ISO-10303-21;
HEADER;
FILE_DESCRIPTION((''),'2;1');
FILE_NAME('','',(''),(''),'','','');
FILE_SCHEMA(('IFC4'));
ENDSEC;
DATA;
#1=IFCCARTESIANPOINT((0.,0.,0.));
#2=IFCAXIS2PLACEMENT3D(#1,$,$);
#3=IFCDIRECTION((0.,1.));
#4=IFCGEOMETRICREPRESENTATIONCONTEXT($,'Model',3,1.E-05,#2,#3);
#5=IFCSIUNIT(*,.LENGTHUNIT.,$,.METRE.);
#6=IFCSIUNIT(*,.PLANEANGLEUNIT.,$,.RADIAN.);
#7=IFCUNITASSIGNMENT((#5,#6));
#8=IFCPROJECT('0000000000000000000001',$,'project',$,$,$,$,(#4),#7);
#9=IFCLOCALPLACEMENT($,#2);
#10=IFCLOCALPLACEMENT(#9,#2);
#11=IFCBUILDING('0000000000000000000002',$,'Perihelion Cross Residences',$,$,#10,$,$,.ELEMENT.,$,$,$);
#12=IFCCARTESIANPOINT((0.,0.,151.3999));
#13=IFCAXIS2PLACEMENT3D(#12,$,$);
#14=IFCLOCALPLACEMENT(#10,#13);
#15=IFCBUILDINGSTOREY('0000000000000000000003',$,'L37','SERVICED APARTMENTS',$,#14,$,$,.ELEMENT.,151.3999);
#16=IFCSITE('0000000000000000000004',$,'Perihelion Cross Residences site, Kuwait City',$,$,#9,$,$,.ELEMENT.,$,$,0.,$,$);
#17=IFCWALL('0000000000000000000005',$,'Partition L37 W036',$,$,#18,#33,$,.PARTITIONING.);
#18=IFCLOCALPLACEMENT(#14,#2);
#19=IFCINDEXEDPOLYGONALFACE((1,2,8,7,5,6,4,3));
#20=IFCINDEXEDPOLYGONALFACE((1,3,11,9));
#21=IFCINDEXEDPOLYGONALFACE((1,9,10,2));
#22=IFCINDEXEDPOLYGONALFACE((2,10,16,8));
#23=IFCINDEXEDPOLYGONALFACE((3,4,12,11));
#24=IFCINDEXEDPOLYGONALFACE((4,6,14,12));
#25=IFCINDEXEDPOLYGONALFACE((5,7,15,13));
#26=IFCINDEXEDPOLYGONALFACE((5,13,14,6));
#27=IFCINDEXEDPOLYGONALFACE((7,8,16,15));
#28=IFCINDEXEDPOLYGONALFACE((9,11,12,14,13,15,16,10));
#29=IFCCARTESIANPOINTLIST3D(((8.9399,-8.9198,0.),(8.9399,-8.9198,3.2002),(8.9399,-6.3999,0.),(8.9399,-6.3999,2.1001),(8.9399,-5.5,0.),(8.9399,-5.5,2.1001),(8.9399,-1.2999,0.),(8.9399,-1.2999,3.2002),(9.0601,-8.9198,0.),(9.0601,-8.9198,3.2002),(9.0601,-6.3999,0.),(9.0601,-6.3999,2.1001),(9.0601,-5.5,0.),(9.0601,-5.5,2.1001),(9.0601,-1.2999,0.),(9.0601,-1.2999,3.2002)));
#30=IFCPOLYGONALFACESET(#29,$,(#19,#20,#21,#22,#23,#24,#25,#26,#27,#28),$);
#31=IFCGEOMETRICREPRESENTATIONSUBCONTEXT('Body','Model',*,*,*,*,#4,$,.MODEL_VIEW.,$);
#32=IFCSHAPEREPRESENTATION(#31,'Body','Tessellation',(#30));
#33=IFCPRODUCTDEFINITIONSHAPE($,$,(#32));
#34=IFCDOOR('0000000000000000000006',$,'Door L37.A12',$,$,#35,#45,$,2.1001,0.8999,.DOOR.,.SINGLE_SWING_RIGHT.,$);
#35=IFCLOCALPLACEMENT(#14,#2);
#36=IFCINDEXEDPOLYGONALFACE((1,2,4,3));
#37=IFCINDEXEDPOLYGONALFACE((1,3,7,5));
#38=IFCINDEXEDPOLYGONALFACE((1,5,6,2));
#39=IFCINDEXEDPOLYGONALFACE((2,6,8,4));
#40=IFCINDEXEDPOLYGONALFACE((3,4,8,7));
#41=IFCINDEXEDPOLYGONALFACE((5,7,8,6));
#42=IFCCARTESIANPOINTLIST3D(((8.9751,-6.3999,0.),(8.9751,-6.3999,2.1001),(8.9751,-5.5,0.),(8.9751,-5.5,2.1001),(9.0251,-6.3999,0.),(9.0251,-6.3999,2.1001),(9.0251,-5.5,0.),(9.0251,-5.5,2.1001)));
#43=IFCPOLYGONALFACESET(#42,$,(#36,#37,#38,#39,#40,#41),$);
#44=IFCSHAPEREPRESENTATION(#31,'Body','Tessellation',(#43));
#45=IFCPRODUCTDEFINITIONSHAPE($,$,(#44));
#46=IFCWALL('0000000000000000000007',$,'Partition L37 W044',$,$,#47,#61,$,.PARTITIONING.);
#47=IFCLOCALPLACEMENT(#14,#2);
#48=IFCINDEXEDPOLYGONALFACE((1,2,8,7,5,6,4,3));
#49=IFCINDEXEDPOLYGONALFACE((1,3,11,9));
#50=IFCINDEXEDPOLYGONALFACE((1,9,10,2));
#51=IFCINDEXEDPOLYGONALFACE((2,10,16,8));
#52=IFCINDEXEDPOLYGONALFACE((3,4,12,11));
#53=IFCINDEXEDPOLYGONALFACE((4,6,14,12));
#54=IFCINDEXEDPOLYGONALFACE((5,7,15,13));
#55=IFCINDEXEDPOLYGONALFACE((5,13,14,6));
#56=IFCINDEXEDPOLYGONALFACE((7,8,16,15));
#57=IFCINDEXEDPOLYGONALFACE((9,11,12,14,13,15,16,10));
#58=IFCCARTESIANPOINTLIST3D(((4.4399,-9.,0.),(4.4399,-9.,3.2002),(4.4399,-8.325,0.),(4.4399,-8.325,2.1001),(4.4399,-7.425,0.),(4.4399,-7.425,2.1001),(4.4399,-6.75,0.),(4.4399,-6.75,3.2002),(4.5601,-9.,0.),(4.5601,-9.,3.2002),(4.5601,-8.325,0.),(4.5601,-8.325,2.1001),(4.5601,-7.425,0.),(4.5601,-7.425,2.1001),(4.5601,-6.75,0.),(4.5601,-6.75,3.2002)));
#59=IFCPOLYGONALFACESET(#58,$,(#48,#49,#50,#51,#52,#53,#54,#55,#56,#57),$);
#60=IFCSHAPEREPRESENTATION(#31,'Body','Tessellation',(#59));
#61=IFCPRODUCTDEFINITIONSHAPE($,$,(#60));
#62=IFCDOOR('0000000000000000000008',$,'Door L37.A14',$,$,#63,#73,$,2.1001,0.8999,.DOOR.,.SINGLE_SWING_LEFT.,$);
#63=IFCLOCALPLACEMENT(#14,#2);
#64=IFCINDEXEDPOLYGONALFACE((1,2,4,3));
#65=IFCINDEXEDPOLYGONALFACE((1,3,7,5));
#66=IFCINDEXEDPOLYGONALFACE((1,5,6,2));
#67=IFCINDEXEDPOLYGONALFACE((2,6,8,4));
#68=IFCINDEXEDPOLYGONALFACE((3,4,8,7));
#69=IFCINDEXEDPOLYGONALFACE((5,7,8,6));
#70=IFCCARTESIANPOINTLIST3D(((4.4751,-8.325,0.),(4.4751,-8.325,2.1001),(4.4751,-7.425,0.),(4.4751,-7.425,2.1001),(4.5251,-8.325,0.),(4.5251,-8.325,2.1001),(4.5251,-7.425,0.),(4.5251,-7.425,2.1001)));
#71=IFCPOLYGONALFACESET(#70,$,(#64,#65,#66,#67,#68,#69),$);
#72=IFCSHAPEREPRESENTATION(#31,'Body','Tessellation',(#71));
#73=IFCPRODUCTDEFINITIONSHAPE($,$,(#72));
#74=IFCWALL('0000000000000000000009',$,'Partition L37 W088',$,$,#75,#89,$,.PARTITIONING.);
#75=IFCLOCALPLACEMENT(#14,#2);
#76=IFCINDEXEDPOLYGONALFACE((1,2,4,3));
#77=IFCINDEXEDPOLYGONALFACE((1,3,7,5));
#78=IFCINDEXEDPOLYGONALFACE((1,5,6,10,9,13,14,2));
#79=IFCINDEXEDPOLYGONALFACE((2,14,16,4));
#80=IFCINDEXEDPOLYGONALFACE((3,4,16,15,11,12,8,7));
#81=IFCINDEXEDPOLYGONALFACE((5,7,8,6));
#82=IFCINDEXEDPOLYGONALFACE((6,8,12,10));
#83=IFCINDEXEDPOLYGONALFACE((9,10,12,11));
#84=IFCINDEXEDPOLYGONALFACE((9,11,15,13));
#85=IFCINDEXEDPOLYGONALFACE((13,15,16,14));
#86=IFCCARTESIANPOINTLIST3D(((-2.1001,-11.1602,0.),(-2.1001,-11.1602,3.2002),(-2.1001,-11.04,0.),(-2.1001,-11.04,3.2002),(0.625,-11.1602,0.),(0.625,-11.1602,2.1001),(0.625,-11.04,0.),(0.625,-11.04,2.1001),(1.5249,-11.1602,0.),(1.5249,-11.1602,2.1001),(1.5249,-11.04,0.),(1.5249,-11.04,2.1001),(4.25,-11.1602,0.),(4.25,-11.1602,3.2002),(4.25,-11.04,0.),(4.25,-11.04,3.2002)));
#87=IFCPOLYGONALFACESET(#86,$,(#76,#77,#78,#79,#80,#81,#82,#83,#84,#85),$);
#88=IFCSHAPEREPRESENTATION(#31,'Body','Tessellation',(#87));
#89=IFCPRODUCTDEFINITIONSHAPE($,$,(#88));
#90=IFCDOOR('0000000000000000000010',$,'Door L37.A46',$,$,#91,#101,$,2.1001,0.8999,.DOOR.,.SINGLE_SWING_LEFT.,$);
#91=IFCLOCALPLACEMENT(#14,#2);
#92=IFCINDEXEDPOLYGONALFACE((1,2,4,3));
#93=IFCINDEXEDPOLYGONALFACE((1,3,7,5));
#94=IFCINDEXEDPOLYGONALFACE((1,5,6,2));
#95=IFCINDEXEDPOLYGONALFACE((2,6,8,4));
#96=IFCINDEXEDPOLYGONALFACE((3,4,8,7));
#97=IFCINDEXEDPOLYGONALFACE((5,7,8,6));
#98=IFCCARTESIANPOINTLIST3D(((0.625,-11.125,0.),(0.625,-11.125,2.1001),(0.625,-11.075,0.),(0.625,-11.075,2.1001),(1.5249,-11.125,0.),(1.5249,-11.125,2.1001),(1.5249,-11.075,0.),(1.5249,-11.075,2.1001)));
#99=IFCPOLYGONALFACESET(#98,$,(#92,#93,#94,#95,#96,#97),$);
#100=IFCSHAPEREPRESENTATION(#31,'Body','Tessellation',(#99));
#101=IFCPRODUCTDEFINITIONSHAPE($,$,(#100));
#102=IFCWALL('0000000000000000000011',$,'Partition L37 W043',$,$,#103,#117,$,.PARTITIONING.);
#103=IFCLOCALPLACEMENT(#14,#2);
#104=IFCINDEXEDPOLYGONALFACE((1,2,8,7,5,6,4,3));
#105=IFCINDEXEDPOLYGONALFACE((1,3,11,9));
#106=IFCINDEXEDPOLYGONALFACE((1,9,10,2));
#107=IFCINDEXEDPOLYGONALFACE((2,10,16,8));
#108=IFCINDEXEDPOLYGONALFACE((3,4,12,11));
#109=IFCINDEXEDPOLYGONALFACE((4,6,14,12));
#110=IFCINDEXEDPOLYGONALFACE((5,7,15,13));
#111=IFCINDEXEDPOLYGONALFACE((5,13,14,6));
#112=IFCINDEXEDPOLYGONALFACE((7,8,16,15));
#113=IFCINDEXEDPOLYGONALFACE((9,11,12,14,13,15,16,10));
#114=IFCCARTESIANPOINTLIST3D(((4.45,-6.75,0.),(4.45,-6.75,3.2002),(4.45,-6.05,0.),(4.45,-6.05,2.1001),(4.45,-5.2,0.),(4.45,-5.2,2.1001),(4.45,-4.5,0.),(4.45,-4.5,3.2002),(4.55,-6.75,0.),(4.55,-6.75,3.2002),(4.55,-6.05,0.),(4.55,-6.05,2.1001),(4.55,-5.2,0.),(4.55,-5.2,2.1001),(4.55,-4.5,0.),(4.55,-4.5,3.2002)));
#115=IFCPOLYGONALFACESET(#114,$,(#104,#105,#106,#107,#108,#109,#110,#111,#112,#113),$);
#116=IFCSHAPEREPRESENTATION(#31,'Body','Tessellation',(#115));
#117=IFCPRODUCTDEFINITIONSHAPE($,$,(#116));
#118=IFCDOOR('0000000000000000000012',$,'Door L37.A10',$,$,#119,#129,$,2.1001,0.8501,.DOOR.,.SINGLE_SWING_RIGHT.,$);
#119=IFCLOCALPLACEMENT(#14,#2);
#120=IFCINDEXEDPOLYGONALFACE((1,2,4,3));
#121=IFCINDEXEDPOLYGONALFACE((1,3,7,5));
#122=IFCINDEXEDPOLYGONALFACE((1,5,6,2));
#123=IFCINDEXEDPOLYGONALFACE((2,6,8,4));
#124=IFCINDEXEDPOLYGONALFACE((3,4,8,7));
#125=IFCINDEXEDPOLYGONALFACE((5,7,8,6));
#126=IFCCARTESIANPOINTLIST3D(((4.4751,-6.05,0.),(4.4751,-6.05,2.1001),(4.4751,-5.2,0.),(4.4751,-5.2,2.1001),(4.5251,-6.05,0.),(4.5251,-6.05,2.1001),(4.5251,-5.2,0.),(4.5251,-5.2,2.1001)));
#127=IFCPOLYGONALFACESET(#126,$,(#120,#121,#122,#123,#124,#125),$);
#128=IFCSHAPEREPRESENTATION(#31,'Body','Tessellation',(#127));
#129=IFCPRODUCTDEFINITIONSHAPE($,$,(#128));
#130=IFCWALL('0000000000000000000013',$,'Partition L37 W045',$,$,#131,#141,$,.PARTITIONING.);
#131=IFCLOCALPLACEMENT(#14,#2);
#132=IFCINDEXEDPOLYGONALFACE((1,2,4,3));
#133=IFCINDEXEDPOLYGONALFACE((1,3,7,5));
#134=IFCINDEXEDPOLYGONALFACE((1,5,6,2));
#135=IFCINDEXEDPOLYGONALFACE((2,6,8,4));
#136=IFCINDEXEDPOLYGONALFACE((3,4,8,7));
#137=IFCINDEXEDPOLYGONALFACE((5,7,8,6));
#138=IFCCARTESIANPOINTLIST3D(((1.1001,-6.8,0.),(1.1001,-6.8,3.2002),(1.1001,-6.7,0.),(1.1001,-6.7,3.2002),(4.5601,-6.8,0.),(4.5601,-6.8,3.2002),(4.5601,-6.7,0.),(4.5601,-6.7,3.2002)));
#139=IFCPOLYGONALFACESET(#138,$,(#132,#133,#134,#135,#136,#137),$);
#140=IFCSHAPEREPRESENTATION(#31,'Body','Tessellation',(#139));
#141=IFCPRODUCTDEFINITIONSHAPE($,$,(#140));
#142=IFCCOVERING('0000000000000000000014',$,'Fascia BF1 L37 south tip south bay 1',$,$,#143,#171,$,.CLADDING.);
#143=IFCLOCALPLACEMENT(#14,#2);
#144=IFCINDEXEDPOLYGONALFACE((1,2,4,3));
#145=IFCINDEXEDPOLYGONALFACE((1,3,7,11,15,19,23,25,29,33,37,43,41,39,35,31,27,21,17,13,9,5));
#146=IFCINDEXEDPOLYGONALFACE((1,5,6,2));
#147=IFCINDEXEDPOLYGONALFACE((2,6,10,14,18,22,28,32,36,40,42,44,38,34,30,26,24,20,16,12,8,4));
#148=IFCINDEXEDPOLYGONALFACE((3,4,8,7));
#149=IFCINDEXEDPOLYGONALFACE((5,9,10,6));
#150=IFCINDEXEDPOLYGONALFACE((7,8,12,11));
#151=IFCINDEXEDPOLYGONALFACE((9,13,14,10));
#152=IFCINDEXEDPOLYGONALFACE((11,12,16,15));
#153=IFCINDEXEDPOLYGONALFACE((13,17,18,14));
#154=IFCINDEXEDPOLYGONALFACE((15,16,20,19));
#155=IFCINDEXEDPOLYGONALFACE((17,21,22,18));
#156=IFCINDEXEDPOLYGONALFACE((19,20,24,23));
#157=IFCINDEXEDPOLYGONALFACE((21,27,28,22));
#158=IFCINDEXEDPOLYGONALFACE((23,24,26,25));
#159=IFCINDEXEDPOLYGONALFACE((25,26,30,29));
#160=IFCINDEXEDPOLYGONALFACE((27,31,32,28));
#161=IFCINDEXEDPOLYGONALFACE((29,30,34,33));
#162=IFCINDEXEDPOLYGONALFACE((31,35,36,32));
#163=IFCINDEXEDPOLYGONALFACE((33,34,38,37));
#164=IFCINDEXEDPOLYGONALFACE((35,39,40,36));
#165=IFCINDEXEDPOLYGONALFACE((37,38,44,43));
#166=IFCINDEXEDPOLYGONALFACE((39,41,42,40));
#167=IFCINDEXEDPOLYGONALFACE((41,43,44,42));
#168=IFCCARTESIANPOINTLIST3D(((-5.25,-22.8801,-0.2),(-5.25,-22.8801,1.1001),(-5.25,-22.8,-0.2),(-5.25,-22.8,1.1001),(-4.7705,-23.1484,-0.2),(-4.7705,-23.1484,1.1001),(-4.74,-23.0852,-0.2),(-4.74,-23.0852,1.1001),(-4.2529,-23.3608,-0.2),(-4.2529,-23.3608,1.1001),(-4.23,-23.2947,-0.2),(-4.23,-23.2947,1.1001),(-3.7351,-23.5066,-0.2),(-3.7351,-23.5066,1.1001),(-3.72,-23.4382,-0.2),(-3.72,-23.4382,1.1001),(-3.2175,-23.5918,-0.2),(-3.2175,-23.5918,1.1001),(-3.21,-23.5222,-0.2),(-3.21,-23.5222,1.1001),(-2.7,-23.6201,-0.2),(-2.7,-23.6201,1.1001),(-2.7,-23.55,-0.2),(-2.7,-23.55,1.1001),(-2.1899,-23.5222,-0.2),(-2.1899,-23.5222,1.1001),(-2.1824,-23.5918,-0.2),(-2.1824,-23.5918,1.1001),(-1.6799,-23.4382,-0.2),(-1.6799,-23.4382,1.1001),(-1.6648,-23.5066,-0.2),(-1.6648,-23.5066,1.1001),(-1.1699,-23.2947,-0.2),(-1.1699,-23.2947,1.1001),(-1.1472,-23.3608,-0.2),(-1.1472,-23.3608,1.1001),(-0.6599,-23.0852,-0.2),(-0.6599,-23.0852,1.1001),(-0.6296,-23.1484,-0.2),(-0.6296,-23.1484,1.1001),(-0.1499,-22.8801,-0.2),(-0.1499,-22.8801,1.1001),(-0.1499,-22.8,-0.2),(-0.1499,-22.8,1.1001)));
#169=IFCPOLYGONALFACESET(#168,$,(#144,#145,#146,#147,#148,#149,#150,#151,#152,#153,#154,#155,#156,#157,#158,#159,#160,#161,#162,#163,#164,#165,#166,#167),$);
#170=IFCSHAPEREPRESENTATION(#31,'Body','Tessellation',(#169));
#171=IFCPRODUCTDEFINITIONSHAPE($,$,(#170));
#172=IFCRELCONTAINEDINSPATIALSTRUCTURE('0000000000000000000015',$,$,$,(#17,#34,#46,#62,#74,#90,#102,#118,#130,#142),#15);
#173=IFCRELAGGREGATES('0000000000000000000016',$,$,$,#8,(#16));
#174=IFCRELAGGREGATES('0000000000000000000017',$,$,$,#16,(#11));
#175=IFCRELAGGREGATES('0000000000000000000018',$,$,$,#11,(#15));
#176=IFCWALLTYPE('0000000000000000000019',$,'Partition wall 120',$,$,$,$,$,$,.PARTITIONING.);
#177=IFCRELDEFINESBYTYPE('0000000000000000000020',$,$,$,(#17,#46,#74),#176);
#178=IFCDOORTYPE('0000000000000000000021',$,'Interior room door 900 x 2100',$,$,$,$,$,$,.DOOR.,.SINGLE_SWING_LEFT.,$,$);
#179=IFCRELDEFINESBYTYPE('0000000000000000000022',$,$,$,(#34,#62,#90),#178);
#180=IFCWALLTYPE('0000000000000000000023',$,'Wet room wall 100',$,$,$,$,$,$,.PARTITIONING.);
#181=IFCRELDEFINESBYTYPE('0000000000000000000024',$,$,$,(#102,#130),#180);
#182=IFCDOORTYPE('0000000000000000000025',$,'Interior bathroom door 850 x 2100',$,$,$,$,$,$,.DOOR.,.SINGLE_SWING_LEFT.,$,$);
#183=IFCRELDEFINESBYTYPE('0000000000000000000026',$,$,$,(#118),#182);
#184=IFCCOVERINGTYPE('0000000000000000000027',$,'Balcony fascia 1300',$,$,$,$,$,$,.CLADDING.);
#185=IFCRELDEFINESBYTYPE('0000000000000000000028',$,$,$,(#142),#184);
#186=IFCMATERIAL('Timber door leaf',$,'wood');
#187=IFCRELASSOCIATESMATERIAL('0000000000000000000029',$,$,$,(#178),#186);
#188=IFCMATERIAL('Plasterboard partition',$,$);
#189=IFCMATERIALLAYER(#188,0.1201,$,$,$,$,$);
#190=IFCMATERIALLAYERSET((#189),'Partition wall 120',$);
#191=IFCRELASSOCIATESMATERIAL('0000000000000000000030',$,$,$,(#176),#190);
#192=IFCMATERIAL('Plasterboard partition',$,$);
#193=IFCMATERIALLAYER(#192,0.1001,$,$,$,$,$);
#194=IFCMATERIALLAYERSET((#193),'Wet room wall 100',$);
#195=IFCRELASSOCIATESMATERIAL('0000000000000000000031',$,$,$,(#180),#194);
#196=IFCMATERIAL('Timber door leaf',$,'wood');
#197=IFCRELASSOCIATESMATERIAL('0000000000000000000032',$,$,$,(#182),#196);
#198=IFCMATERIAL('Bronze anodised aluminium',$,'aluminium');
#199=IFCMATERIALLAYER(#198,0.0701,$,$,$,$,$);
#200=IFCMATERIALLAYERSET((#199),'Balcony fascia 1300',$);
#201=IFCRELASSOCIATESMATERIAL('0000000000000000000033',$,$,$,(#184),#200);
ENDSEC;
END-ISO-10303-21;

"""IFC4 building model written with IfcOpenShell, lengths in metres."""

from ifc_helpers import new_model, si_unit, direction, frame, frame_2d, origin, place, context, subcontext, project, spatial, polyline, rectangle, outline, extrude, material, layer, layer_set, type_object, element, fill, save


model = new_model("IFC4")

# Units and contexts
model_context = context("Model", 3, precision=1e-05, world=origin(), true_north=direction((0.0, 1.0)))
body_context = subcontext(model_context, "Body", "Model", "MODEL_VIEW")
ifc_project = project(units=[si_unit("LENGTHUNIT", "METRE"), si_unit("PLANEANGLEUNIT", "RADIAN")], contexts=[model_context])

# Site, building, storey
site_placement = place(None, origin())
site = spatial("IfcSite", under=ifc_project, at=site_placement, Name="Perihelion Cross Residences site, Kuwait City", CompositionType="ELEMENT", RefElevation=0.0)
building_placement = place(site_placement, origin())
building = spatial("IfcBuilding", under=site, at=building_placement, Name="Perihelion Cross Residences", CompositionType="ELEMENT")
storey_placement = place(building_placement, frame((0.0, 0.0, 151.3999)))
storey = spatial("IfcBuildingStorey", under=building, at=storey_placement, Name="L37", Description="SERVICED APARTMENTS", CompositionType="ELEMENT", Elevation=151.3999)

# Shared definitions
ifc_material_1 = material(Name="Timber door leaf", Category="wood")
door_type_1 = type_object("IfcDoorType", Name="Interior room door 900 x 2100", OperationType="SINGLE_SWING_LEFT", PredefinedType="DOOR", material=ifc_material_1)

# Shared definitions
ifc_material_2 = material(Name="Plasterboard partition")
ifc_layer_1 = layer(ifc_material_2, 0.1201)
ifc_layer_set_1 = layer_set([ifc_layer_1], Name="Partition wall 120")
wall_type_1 = type_object("IfcWallType", Name="Partition wall 120", PredefinedType="PARTITIONING", material=ifc_layer_set_1)

# Walls, openings, doors
wall_1_placement = place(storey_placement, frame((9.0, -8.9199, 0.0), z_axis=(0.0, 0.0, 1.0), x_axis=(0.0, 1.0, 0.0)))
wall_1 = element("IfcWall", 1, at=wall_1_placement, inside=storey, type_object=wall_type_1, Name="Partition L37 W036", PredefinedType="PARTITIONING", context=body_context, shape_type="SweptSolid", body=[
    extrude(rectangle(XDim=7.6199, YDim=0.1201, at=frame_2d((3.8101, 0.0))), origin(), (0.0, 0.0, 1.0), 3.2002),
])
opening_1_placement = place(wall_1_placement, frame((2.52, 0.0, 0.0)))
opening_1 = element("IfcOpeningElement", 2, at=opening_1_placement, cuts=wall_1, PredefinedType="OPENING", context=body_context, shape_type="SweptSolid", body=[
    extrude(rectangle(XDim=0.8999, YDim=2.1001, at=frame_2d((0.45, 1.05))), frame((0.0, 0.0701, 0.0), z_axis=(0.0, -1.0, 0.0), x_axis=(1.0, 0.0, 0.0)), (0.0, 0.0, 1.0), 0.1401),
])
door_1_placement = place(opening_1_placement, origin())
door_1 = element("IfcDoor", 3, at=door_1_placement, inside=storey, type_object=door_type_1, Name="Door L37.A12", OperationType="SINGLE_SWING_RIGHT", OverallHeight=2.1001, OverallWidth=0.8999, PredefinedType="DOOR", context=body_context, shape_type="SweptSolid", body=[
    extrude(rectangle(XDim=0.8999, YDim=2.1001, at=frame_2d((0.45, 1.05))), frame((0.0, 0.0249, 0.0), z_axis=(0.0, -1.0, 0.0), x_axis=(1.0, 0.0, 0.0)), (0.0, 0.0, 1.0), 0.05),
])
fill(opening_1, door_1)
wall_2_placement = place(storey_placement, frame((4.5, -9.0, 0.0), z_axis=(0.0, 0.0, 1.0), x_axis=(0.0, 1.0, 0.0)))
wall_2 = element("IfcWall", 4, at=wall_2_placement, inside=storey, type_object=wall_type_1, Name="Partition L37 W044", PredefinedType="PARTITIONING", context=body_context, shape_type="SweptSolid", body=[
    extrude(rectangle(XDim=2.25, YDim=0.1201, at=frame_2d((1.125, 0.0))), origin(), (0.0, 0.0, 1.0), 3.2002),
])
opening_2_placement = place(wall_2_placement, frame((0.675, 0.0, 0.0)))
opening_2 = element("IfcOpeningElement", 5, at=opening_2_placement, cuts=wall_2, PredefinedType="OPENING", context=body_context, shape_type="SweptSolid", body=[
    extrude(rectangle(XDim=0.8999, YDim=2.1001, at=frame_2d((0.45, 1.05))), frame((0.0, 0.0701, 0.0), z_axis=(0.0, -1.0, 0.0), x_axis=(1.0, 0.0, 0.0)), (0.0, 0.0, 1.0), 0.1401),
])
door_2_placement = place(opening_2_placement, origin())
door_2 = element("IfcDoor", 6, at=door_2_placement, inside=storey, type_object=door_type_1, Name="Door L37.A14", OperationType="SINGLE_SWING_LEFT", OverallHeight=2.1001, OverallWidth=0.8999, PredefinedType="DOOR", context=body_context, shape_type="SweptSolid", body=[
    extrude(rectangle(XDim=0.8999, YDim=2.1001, at=frame_2d((0.45, 1.05))), frame((0.0, 0.0249, 0.0), z_axis=(0.0, -1.0, 0.0), x_axis=(1.0, 0.0, 0.0)), (0.0, 0.0, 1.0), 0.05),
])
fill(opening_2, door_2)
wall_3_placement = place(storey_placement, frame((4.25, -11.1001, 0.0), z_axis=(0.0, 0.0, 1.0), x_axis=(-1.0, 0.0, 0.0)))
wall_3 = element("IfcWall", 7, at=wall_3_placement, inside=storey, type_object=wall_type_1, Name="Partition L37 W088", PredefinedType="PARTITIONING", context=body_context, shape_type="SweptSolid", body=[
    extrude(rectangle(XDim=6.3501, YDim=0.1201, at=frame_2d((3.175, 0.0))), origin(), (0.0, 0.0, 1.0), 3.2002),
])
opening_3_placement = place(wall_3_placement, frame((2.7251, 0.0, 0.0)))
opening_3 = element("IfcOpeningElement", 8, at=opening_3_placement, cuts=wall_3, PredefinedType="OPENING", context=body_context, shape_type="SweptSolid", body=[
    extrude(rectangle(XDim=0.8999, YDim=2.1001, at=frame_2d((0.45, 1.05))), frame((0.0, 0.0701, 0.0), z_axis=(0.0, -1.0, 0.0), x_axis=(1.0, 0.0, 0.0)), (0.0, 0.0, 1.0), 0.1401),
])
door_3_placement = place(opening_3_placement, origin())
door_3 = element("IfcDoor", 9, at=door_3_placement, inside=storey, type_object=door_type_1, Name="Door L37.A46", OperationType="SINGLE_SWING_LEFT", OverallHeight=2.1001, OverallWidth=0.8999, PredefinedType="DOOR", context=body_context, shape_type="SweptSolid", body=[
    extrude(rectangle(XDim=0.8999, YDim=2.1001, at=frame_2d((0.45, 1.05))), frame((0.0, 0.0249, 0.0), z_axis=(0.0, -1.0, 0.0), x_axis=(1.0, 0.0, 0.0)), (0.0, 0.0, 1.0), 0.05),
])
fill(opening_3, door_3)
ifc_material_3 = material(Name="Plasterboard partition")
ifc_layer_2 = layer(ifc_material_3, 0.1001)
ifc_layer_set_2 = layer_set([ifc_layer_2], Name="Wet room wall 100")
wall_type_2 = type_object("IfcWallType", Name="Wet room wall 100", PredefinedType="PARTITIONING", material=ifc_layer_set_2)
wall_4_placement = place(storey_placement, frame((4.5, -6.75, 0.0), z_axis=(0.0, 0.0, 1.0), x_axis=(0.0, 1.0, 0.0)))
wall_4 = element("IfcWall", 10, at=wall_4_placement, inside=storey, type_object=wall_type_2, Name="Partition L37 W043", PredefinedType="PARTITIONING", context=body_context, shape_type="SweptSolid", body=[
    extrude(rectangle(XDim=2.25, YDim=0.1001, at=frame_2d((1.125, 0.0))), origin(), (0.0, 0.0, 1.0), 3.2002),
])
opening_4_placement = place(wall_4_placement, frame((0.7, 0.0, 0.0)))
opening_4 = element("IfcOpeningElement", 11, at=opening_4_placement, cuts=wall_4, PredefinedType="OPENING", context=body_context, shape_type="SweptSolid", body=[
    extrude(rectangle(XDim=0.8501, YDim=2.1001, at=frame_2d((0.425, 1.05))), frame((0.0, 0.0601, 0.0), z_axis=(0.0, -1.0, 0.0), x_axis=(1.0, 0.0, 0.0)), (0.0, 0.0, 1.0), 0.1201),
])
ifc_material_4 = material(Name="Timber door leaf", Category="wood")
door_type_2 = type_object("IfcDoorType", Name="Interior bathroom door 850 x 2100", OperationType="SINGLE_SWING_LEFT", PredefinedType="DOOR", material=ifc_material_4)
door_4_placement = place(opening_4_placement, origin())
door_4 = element("IfcDoor", 12, at=door_4_placement, inside=storey, type_object=door_type_2, Name="Door L37.A10", OperationType="SINGLE_SWING_RIGHT", OverallHeight=2.1001, OverallWidth=0.8501, PredefinedType="DOOR", context=body_context, shape_type="SweptSolid", body=[
    extrude(rectangle(XDim=0.8501, YDim=2.1001, at=frame_2d((0.425, 1.05))), frame((0.0, 0.0249, 0.0), z_axis=(0.0, -1.0, 0.0), x_axis=(1.0, 0.0, 0.0)), (0.0, 0.0, 1.0), 0.05),
])
fill(opening_4, door_4)

# Wall
wall_5_placement = place(storey_placement, frame((4.5601, -6.75, 0.0), z_axis=(0.0, 0.0, 1.0), x_axis=(-1.0, 0.0, 0.0)))
element("IfcWall", 13, at=wall_5_placement, inside=storey, type_object=wall_type_2, Name="Partition L37 W045", PredefinedType="PARTITIONING", context=body_context, shape_type="SweptSolid", body=[
    extrude(rectangle(XDim=3.46, YDim=0.1001, at=frame_2d((1.73, 0.0))), origin(), (0.0, 0.0, 1.0), 3.2002),
])

# Covering
ifc_material_5 = material(Name="Bronze anodised aluminium", Category="aluminium")
ifc_layer_3 = layer(ifc_material_5, 0.0701)
ifc_layer_set_3 = layer_set([ifc_layer_3], Name="Balcony fascia 1300")
covering_type = type_object("IfcCoveringType", Name="Balcony fascia 1300", PredefinedType="CLADDING", material=ifc_layer_set_3)
covering_1_placement = place(storey_placement, frame((0.0, 0.0, -0.2)))
element("IfcCovering", 14, at=covering_1_placement, inside=storey, type_object=covering_type, Name="Fascia BF1 L37 south tip south bay 1", PredefinedType="CLADDING", context=body_context, shape_type="SweptSolid", body=[
    extrude(outline(polyline([(-4.7705, -23.1484), (-4.2529, -23.3608), (-3.7351, -23.5066), (-3.2175, -23.5918), (-2.7, -23.6201), (-2.1824, -23.5918), (-1.6648, -23.5066), (-1.1472, -23.3608), (-0.6296, -23.1484), (-0.1499, -22.8801), (-0.1499, -22.8), (-0.6599, -23.0852), (-1.1699, -23.2947), (-1.6799, -23.4382), (-2.1899, -23.5222), (-2.7, -23.55), (-3.21, -23.5222), (-3.72, -23.4382), (-4.23, -23.2947), (-4.74, -23.0852), (-5.25, -22.8), (-5.25, -22.8801), (-4.7705, -23.1484)])), origin(), (0.0, 0.0, 1.0), 1.3),
])

save(model, "model.ifc")
